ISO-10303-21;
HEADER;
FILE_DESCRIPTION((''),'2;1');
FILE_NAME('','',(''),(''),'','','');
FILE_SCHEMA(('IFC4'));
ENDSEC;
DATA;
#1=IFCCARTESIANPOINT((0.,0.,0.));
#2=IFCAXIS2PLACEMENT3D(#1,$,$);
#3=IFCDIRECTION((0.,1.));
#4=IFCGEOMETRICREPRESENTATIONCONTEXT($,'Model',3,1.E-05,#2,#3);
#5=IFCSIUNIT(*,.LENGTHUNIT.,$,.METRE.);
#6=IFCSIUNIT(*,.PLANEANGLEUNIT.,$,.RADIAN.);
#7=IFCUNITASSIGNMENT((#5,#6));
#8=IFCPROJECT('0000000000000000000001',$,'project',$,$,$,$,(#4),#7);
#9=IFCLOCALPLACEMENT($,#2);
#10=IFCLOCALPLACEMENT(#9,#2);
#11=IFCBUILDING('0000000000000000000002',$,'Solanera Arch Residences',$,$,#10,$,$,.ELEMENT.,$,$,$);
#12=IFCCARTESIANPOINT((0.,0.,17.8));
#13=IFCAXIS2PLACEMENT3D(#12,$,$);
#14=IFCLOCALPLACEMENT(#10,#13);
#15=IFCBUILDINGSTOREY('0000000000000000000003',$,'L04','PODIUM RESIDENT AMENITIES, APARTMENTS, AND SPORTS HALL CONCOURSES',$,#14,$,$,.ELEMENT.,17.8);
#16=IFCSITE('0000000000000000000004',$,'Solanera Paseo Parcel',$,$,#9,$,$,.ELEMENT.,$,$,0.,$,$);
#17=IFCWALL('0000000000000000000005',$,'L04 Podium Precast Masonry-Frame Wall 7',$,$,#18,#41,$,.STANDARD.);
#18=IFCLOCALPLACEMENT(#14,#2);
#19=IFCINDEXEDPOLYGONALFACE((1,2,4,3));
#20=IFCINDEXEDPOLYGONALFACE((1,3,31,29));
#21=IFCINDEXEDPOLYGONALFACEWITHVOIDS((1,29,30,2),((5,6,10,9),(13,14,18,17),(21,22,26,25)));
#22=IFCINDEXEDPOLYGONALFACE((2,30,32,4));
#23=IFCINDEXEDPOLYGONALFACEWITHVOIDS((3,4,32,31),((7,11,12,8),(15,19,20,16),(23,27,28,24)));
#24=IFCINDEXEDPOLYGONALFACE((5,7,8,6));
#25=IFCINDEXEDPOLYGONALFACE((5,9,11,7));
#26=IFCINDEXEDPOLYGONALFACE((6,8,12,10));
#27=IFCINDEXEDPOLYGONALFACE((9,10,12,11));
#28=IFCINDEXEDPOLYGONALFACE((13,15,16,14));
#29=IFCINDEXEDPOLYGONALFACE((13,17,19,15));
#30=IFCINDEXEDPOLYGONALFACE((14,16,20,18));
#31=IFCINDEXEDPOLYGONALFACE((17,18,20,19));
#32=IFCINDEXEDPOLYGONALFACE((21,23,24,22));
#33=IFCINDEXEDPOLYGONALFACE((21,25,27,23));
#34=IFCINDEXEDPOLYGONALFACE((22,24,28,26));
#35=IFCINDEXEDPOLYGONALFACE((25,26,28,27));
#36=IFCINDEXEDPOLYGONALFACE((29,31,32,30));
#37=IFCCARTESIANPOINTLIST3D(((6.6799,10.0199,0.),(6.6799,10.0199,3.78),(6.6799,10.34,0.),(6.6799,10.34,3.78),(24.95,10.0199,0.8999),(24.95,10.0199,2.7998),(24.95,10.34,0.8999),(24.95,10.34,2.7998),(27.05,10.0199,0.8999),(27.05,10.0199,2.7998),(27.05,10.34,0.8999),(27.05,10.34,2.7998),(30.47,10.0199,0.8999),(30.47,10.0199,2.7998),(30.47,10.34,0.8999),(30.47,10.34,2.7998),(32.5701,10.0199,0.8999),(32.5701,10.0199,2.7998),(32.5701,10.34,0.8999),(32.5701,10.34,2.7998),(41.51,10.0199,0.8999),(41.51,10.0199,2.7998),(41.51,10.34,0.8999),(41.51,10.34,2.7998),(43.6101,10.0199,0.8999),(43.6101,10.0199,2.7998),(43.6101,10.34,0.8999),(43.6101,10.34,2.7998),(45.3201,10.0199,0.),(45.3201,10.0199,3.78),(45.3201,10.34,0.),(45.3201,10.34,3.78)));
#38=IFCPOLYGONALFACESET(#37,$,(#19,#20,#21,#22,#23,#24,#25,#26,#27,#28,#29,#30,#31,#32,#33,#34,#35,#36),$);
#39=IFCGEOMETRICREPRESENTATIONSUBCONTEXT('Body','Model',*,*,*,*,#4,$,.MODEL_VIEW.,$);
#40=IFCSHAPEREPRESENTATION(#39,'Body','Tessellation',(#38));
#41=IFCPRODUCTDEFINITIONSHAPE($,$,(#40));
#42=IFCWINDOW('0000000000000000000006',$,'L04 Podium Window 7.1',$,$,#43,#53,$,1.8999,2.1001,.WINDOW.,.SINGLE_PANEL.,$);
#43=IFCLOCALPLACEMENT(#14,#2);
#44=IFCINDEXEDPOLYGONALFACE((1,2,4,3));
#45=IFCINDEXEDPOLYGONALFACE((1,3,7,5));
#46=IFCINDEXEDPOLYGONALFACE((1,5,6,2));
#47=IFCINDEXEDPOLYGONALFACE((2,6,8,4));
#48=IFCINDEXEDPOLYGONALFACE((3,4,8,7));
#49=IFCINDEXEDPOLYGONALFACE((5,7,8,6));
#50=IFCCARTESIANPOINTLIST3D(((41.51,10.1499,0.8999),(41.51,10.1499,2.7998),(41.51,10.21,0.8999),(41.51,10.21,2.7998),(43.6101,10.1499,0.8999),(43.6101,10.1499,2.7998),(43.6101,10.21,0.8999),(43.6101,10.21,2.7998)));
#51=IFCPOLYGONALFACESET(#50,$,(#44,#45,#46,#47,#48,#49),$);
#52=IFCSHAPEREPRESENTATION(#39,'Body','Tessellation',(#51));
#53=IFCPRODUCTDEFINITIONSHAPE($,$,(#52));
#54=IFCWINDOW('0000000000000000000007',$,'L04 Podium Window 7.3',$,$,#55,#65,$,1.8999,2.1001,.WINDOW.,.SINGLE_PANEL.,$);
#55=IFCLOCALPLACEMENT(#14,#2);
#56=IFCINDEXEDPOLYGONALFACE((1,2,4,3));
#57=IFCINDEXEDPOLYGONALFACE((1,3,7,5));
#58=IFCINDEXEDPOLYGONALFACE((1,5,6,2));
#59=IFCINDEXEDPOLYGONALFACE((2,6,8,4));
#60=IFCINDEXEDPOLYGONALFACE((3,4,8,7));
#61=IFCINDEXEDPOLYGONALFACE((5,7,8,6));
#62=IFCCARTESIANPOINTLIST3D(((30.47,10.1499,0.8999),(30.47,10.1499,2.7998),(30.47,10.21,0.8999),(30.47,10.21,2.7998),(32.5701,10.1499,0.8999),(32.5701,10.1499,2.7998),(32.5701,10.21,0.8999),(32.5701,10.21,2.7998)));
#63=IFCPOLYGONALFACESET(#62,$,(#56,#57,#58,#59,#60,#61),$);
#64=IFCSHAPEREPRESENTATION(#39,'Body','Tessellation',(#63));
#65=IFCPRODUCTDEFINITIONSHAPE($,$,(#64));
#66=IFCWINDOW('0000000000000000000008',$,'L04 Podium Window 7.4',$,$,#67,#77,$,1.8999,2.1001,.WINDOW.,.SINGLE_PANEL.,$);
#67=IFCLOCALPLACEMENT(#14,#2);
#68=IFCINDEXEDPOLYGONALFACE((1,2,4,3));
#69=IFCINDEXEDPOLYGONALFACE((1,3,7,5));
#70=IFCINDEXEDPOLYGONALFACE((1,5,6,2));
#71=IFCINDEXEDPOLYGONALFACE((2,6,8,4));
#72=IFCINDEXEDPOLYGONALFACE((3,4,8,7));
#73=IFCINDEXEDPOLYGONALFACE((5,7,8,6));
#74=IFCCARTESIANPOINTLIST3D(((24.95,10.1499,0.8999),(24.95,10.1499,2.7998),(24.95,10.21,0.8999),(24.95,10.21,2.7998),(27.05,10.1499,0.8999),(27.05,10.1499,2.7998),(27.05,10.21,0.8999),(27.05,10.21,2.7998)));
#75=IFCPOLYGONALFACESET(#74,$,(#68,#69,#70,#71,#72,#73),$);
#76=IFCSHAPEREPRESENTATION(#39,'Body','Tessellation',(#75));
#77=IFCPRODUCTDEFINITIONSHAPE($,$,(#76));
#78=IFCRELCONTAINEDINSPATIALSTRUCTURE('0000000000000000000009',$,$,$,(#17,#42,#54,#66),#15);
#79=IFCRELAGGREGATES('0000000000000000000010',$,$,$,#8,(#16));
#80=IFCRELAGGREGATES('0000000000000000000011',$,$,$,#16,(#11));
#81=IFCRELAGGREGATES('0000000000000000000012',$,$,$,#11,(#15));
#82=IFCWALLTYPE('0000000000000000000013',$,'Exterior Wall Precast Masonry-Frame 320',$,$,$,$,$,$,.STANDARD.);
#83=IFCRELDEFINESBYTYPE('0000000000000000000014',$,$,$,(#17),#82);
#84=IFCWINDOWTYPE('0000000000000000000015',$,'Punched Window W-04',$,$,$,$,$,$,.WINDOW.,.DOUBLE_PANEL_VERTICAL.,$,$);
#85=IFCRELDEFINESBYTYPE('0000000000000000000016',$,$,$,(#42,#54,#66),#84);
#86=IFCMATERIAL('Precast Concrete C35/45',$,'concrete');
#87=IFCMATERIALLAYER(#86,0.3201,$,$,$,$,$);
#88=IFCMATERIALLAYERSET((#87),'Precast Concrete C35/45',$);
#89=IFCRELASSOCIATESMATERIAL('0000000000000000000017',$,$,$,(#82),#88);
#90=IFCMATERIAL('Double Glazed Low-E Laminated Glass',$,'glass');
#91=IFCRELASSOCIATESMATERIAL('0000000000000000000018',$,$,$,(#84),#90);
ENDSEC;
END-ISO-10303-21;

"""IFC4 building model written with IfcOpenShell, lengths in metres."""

from ifc_helpers import new_model, si_unit, direction, frame, frame_2d, origin, place, context, subcontext, project, spatial, rectangle, extrude, material, layer, layer_set, type_object, element, fill, save


model = new_model("IFC4")

# Units and contexts
model_context = context("Model", 3, precision=1e-05, world=origin(), true_north=direction((0.0, 1.0)))
body_context = subcontext(model_context, "Body", "Model", "MODEL_VIEW")
ifc_project = project(units=[si_unit("LENGTHUNIT", "METRE"), si_unit("PLANEANGLEUNIT", "RADIAN")], contexts=[model_context])

# Site, building, storey
site_placement = place(None, origin())
site = spatial("IfcSite", under=ifc_project, at=site_placement, Name="Solanera Paseo Parcel", CompositionType="ELEMENT", RefElevation=0.0)
building_placement = place(site_placement, origin())
building = spatial("IfcBuilding", under=site, at=building_placement, Name="Solanera Arch Residences", CompositionType="ELEMENT")
storey_placement = place(building_placement, frame((0.0, 0.0, 17.8)))
storey = spatial("IfcBuildingStorey", under=building, at=storey_placement, Name="L04", Description="PODIUM RESIDENT AMENITIES, APARTMENTS, AND SPORTS HALL CONCOURSES", CompositionType="ELEMENT", Elevation=17.8)

# Wall, openings, windows
ifc_material_1 = material(Name="Precast Concrete C35/45", Category="concrete")
ifc_layer_1 = layer(ifc_material_1, 0.3201)
ifc_layer_set_1 = layer_set([ifc_layer_1], Name="Precast Concrete C35/45")
wall_type_1 = type_object("IfcWallType", Name="Exterior Wall Precast Masonry-Frame 320", PredefinedType="STANDARD", material=ifc_layer_set_1)
wall_1_placement = place(storey_placement, frame((45.3201, 10.1799, 0.0), z_axis=(0.0, 0.0, 1.0), x_axis=(-1.0, 0.0, 0.0)))
wall_1 = element("IfcWall", 1, at=wall_1_placement, inside=storey, type_object=wall_type_1, Name="L04 Podium Precast Masonry-Frame Wall 7", PredefinedType="STANDARD", context=body_context, shape_type="SweptSolid", body=[
    extrude(rectangle(XDim=38.6401, YDim=0.3201, at=frame_2d((19.3201, 0.0))), origin(), (0.0, 0.0, 1.0), 3.78),
])
opening_1_placement = place(wall_1_placement, frame((1.71, 0.0, 0.8999)))
opening_1 = element("IfcOpeningElement", 2, at=opening_1_placement, cuts=wall_1, PredefinedType="OPENING", context=body_context, shape_type="SweptSolid", body=[
    extrude(rectangle(XDim=2.1001, YDim=1.8999, at=frame_2d((1.05, 0.95))), frame((0.0, 0.1699, 0.0), z_axis=(0.0, -1.0, 0.0), x_axis=(1.0, 0.0, 0.0)), (0.0, 0.0, 1.0), 0.3401),
])
opening_2_placement = place(wall_1_placement, frame((12.75, 0.0, 0.8999)))
opening_2 = element("IfcOpeningElement", 3, at=opening_2_placement, cuts=wall_1, PredefinedType="OPENING", context=body_context, shape_type="SweptSolid", body=[
    extrude(rectangle(XDim=2.1001, YDim=1.8999, at=frame_2d((1.05, 0.95))), frame((0.0, 0.1699, 0.0), z_axis=(0.0, -1.0, 0.0), x_axis=(1.0, 0.0, 0.0)), (0.0, 0.0, 1.0), 0.3401),
])
opening_3_placement = place(wall_1_placement, frame((18.27, 0.0, 0.8999)))
opening_3 = element("IfcOpeningElement", 4, at=opening_3_placement, cuts=wall_1, PredefinedType="OPENING", context=body_context, shape_type="SweptSolid", body=[
    extrude(rectangle(XDim=2.1001, YDim=1.8999, at=frame_2d((1.05, 0.95))), frame((0.0, 0.1699, 0.0), z_axis=(0.0, -1.0, 0.0), x_axis=(1.0, 0.0, 0.0)), (0.0, 0.0, 1.0), 0.3401),
])
ifc_material_2 = material(Name="Double Glazed Low-E Laminated Glass", Category="glass")
window_type = type_object("IfcWindowType", Name="Punched Window W-04", PartitioningType="DOUBLE_PANEL_VERTICAL", PredefinedType="WINDOW", material=ifc_material_2)
window_1_placement = place(opening_1_placement, origin())
window_1 = element("IfcWindow", 5, at=window_1_placement, inside=storey, type_object=window_type, Name="L04 Podium Window 7.1", OverallHeight=1.8999, OverallWidth=2.1001, PartitioningType="SINGLE_PANEL", PredefinedType="WINDOW", context=body_context, shape_type="SweptSolid", body=[
    extrude(rectangle(XDim=2.1001, YDim=1.8999, at=frame_2d((1.05, 0.95))), frame((0.0, 0.03, 0.0), z_axis=(0.0, -1.0, 0.0), x_axis=(1.0, 0.0, 0.0)), (0.0, 0.0, 1.0), 0.0601),
])
fill(opening_1, window_1)
window_2_placement = place(opening_2_placement, origin())
window_2 = element("IfcWindow", 6, at=window_2_placement, inside=storey, type_object=window_type, Name="L04 Podium Window 7.3", OverallHeight=1.8999, OverallWidth=2.1001, PartitioningType="SINGLE_PANEL", PredefinedType="WINDOW", context=body_context, shape_type="SweptSolid", body=[
    extrude(rectangle(XDim=2.1001, YDim=1.8999, at=frame_2d((1.05, 0.95))), frame((0.0, 0.03, 0.0), z_axis=(0.0, -1.0, 0.0), x_axis=(1.0, 0.0, 0.0)), (0.0, 0.0, 1.0), 0.0601),
])
fill(opening_2, window_2)
window_3_placement = place(opening_3_placement, origin())
window_3 = element("IfcWindow", 7, at=window_3_placement, inside=storey, type_object=window_type, Name="L04 Podium Window 7.4", OverallHeight=1.8999, OverallWidth=2.1001, PartitioningType="SINGLE_PANEL", PredefinedType="WINDOW", context=body_context, shape_type="SweptSolid", body=[
    extrude(rectangle(XDim=2.1001, YDim=1.8999, at=frame_2d((1.05, 0.95))), frame((0.0, 0.03, 0.0), z_axis=(0.0, -1.0, 0.0), x_axis=(1.0, 0.0, 0.0)), (0.0, 0.0, 1.0), 0.0601),
])
fill(opening_3, window_3)

save(model, "model.ifc")
